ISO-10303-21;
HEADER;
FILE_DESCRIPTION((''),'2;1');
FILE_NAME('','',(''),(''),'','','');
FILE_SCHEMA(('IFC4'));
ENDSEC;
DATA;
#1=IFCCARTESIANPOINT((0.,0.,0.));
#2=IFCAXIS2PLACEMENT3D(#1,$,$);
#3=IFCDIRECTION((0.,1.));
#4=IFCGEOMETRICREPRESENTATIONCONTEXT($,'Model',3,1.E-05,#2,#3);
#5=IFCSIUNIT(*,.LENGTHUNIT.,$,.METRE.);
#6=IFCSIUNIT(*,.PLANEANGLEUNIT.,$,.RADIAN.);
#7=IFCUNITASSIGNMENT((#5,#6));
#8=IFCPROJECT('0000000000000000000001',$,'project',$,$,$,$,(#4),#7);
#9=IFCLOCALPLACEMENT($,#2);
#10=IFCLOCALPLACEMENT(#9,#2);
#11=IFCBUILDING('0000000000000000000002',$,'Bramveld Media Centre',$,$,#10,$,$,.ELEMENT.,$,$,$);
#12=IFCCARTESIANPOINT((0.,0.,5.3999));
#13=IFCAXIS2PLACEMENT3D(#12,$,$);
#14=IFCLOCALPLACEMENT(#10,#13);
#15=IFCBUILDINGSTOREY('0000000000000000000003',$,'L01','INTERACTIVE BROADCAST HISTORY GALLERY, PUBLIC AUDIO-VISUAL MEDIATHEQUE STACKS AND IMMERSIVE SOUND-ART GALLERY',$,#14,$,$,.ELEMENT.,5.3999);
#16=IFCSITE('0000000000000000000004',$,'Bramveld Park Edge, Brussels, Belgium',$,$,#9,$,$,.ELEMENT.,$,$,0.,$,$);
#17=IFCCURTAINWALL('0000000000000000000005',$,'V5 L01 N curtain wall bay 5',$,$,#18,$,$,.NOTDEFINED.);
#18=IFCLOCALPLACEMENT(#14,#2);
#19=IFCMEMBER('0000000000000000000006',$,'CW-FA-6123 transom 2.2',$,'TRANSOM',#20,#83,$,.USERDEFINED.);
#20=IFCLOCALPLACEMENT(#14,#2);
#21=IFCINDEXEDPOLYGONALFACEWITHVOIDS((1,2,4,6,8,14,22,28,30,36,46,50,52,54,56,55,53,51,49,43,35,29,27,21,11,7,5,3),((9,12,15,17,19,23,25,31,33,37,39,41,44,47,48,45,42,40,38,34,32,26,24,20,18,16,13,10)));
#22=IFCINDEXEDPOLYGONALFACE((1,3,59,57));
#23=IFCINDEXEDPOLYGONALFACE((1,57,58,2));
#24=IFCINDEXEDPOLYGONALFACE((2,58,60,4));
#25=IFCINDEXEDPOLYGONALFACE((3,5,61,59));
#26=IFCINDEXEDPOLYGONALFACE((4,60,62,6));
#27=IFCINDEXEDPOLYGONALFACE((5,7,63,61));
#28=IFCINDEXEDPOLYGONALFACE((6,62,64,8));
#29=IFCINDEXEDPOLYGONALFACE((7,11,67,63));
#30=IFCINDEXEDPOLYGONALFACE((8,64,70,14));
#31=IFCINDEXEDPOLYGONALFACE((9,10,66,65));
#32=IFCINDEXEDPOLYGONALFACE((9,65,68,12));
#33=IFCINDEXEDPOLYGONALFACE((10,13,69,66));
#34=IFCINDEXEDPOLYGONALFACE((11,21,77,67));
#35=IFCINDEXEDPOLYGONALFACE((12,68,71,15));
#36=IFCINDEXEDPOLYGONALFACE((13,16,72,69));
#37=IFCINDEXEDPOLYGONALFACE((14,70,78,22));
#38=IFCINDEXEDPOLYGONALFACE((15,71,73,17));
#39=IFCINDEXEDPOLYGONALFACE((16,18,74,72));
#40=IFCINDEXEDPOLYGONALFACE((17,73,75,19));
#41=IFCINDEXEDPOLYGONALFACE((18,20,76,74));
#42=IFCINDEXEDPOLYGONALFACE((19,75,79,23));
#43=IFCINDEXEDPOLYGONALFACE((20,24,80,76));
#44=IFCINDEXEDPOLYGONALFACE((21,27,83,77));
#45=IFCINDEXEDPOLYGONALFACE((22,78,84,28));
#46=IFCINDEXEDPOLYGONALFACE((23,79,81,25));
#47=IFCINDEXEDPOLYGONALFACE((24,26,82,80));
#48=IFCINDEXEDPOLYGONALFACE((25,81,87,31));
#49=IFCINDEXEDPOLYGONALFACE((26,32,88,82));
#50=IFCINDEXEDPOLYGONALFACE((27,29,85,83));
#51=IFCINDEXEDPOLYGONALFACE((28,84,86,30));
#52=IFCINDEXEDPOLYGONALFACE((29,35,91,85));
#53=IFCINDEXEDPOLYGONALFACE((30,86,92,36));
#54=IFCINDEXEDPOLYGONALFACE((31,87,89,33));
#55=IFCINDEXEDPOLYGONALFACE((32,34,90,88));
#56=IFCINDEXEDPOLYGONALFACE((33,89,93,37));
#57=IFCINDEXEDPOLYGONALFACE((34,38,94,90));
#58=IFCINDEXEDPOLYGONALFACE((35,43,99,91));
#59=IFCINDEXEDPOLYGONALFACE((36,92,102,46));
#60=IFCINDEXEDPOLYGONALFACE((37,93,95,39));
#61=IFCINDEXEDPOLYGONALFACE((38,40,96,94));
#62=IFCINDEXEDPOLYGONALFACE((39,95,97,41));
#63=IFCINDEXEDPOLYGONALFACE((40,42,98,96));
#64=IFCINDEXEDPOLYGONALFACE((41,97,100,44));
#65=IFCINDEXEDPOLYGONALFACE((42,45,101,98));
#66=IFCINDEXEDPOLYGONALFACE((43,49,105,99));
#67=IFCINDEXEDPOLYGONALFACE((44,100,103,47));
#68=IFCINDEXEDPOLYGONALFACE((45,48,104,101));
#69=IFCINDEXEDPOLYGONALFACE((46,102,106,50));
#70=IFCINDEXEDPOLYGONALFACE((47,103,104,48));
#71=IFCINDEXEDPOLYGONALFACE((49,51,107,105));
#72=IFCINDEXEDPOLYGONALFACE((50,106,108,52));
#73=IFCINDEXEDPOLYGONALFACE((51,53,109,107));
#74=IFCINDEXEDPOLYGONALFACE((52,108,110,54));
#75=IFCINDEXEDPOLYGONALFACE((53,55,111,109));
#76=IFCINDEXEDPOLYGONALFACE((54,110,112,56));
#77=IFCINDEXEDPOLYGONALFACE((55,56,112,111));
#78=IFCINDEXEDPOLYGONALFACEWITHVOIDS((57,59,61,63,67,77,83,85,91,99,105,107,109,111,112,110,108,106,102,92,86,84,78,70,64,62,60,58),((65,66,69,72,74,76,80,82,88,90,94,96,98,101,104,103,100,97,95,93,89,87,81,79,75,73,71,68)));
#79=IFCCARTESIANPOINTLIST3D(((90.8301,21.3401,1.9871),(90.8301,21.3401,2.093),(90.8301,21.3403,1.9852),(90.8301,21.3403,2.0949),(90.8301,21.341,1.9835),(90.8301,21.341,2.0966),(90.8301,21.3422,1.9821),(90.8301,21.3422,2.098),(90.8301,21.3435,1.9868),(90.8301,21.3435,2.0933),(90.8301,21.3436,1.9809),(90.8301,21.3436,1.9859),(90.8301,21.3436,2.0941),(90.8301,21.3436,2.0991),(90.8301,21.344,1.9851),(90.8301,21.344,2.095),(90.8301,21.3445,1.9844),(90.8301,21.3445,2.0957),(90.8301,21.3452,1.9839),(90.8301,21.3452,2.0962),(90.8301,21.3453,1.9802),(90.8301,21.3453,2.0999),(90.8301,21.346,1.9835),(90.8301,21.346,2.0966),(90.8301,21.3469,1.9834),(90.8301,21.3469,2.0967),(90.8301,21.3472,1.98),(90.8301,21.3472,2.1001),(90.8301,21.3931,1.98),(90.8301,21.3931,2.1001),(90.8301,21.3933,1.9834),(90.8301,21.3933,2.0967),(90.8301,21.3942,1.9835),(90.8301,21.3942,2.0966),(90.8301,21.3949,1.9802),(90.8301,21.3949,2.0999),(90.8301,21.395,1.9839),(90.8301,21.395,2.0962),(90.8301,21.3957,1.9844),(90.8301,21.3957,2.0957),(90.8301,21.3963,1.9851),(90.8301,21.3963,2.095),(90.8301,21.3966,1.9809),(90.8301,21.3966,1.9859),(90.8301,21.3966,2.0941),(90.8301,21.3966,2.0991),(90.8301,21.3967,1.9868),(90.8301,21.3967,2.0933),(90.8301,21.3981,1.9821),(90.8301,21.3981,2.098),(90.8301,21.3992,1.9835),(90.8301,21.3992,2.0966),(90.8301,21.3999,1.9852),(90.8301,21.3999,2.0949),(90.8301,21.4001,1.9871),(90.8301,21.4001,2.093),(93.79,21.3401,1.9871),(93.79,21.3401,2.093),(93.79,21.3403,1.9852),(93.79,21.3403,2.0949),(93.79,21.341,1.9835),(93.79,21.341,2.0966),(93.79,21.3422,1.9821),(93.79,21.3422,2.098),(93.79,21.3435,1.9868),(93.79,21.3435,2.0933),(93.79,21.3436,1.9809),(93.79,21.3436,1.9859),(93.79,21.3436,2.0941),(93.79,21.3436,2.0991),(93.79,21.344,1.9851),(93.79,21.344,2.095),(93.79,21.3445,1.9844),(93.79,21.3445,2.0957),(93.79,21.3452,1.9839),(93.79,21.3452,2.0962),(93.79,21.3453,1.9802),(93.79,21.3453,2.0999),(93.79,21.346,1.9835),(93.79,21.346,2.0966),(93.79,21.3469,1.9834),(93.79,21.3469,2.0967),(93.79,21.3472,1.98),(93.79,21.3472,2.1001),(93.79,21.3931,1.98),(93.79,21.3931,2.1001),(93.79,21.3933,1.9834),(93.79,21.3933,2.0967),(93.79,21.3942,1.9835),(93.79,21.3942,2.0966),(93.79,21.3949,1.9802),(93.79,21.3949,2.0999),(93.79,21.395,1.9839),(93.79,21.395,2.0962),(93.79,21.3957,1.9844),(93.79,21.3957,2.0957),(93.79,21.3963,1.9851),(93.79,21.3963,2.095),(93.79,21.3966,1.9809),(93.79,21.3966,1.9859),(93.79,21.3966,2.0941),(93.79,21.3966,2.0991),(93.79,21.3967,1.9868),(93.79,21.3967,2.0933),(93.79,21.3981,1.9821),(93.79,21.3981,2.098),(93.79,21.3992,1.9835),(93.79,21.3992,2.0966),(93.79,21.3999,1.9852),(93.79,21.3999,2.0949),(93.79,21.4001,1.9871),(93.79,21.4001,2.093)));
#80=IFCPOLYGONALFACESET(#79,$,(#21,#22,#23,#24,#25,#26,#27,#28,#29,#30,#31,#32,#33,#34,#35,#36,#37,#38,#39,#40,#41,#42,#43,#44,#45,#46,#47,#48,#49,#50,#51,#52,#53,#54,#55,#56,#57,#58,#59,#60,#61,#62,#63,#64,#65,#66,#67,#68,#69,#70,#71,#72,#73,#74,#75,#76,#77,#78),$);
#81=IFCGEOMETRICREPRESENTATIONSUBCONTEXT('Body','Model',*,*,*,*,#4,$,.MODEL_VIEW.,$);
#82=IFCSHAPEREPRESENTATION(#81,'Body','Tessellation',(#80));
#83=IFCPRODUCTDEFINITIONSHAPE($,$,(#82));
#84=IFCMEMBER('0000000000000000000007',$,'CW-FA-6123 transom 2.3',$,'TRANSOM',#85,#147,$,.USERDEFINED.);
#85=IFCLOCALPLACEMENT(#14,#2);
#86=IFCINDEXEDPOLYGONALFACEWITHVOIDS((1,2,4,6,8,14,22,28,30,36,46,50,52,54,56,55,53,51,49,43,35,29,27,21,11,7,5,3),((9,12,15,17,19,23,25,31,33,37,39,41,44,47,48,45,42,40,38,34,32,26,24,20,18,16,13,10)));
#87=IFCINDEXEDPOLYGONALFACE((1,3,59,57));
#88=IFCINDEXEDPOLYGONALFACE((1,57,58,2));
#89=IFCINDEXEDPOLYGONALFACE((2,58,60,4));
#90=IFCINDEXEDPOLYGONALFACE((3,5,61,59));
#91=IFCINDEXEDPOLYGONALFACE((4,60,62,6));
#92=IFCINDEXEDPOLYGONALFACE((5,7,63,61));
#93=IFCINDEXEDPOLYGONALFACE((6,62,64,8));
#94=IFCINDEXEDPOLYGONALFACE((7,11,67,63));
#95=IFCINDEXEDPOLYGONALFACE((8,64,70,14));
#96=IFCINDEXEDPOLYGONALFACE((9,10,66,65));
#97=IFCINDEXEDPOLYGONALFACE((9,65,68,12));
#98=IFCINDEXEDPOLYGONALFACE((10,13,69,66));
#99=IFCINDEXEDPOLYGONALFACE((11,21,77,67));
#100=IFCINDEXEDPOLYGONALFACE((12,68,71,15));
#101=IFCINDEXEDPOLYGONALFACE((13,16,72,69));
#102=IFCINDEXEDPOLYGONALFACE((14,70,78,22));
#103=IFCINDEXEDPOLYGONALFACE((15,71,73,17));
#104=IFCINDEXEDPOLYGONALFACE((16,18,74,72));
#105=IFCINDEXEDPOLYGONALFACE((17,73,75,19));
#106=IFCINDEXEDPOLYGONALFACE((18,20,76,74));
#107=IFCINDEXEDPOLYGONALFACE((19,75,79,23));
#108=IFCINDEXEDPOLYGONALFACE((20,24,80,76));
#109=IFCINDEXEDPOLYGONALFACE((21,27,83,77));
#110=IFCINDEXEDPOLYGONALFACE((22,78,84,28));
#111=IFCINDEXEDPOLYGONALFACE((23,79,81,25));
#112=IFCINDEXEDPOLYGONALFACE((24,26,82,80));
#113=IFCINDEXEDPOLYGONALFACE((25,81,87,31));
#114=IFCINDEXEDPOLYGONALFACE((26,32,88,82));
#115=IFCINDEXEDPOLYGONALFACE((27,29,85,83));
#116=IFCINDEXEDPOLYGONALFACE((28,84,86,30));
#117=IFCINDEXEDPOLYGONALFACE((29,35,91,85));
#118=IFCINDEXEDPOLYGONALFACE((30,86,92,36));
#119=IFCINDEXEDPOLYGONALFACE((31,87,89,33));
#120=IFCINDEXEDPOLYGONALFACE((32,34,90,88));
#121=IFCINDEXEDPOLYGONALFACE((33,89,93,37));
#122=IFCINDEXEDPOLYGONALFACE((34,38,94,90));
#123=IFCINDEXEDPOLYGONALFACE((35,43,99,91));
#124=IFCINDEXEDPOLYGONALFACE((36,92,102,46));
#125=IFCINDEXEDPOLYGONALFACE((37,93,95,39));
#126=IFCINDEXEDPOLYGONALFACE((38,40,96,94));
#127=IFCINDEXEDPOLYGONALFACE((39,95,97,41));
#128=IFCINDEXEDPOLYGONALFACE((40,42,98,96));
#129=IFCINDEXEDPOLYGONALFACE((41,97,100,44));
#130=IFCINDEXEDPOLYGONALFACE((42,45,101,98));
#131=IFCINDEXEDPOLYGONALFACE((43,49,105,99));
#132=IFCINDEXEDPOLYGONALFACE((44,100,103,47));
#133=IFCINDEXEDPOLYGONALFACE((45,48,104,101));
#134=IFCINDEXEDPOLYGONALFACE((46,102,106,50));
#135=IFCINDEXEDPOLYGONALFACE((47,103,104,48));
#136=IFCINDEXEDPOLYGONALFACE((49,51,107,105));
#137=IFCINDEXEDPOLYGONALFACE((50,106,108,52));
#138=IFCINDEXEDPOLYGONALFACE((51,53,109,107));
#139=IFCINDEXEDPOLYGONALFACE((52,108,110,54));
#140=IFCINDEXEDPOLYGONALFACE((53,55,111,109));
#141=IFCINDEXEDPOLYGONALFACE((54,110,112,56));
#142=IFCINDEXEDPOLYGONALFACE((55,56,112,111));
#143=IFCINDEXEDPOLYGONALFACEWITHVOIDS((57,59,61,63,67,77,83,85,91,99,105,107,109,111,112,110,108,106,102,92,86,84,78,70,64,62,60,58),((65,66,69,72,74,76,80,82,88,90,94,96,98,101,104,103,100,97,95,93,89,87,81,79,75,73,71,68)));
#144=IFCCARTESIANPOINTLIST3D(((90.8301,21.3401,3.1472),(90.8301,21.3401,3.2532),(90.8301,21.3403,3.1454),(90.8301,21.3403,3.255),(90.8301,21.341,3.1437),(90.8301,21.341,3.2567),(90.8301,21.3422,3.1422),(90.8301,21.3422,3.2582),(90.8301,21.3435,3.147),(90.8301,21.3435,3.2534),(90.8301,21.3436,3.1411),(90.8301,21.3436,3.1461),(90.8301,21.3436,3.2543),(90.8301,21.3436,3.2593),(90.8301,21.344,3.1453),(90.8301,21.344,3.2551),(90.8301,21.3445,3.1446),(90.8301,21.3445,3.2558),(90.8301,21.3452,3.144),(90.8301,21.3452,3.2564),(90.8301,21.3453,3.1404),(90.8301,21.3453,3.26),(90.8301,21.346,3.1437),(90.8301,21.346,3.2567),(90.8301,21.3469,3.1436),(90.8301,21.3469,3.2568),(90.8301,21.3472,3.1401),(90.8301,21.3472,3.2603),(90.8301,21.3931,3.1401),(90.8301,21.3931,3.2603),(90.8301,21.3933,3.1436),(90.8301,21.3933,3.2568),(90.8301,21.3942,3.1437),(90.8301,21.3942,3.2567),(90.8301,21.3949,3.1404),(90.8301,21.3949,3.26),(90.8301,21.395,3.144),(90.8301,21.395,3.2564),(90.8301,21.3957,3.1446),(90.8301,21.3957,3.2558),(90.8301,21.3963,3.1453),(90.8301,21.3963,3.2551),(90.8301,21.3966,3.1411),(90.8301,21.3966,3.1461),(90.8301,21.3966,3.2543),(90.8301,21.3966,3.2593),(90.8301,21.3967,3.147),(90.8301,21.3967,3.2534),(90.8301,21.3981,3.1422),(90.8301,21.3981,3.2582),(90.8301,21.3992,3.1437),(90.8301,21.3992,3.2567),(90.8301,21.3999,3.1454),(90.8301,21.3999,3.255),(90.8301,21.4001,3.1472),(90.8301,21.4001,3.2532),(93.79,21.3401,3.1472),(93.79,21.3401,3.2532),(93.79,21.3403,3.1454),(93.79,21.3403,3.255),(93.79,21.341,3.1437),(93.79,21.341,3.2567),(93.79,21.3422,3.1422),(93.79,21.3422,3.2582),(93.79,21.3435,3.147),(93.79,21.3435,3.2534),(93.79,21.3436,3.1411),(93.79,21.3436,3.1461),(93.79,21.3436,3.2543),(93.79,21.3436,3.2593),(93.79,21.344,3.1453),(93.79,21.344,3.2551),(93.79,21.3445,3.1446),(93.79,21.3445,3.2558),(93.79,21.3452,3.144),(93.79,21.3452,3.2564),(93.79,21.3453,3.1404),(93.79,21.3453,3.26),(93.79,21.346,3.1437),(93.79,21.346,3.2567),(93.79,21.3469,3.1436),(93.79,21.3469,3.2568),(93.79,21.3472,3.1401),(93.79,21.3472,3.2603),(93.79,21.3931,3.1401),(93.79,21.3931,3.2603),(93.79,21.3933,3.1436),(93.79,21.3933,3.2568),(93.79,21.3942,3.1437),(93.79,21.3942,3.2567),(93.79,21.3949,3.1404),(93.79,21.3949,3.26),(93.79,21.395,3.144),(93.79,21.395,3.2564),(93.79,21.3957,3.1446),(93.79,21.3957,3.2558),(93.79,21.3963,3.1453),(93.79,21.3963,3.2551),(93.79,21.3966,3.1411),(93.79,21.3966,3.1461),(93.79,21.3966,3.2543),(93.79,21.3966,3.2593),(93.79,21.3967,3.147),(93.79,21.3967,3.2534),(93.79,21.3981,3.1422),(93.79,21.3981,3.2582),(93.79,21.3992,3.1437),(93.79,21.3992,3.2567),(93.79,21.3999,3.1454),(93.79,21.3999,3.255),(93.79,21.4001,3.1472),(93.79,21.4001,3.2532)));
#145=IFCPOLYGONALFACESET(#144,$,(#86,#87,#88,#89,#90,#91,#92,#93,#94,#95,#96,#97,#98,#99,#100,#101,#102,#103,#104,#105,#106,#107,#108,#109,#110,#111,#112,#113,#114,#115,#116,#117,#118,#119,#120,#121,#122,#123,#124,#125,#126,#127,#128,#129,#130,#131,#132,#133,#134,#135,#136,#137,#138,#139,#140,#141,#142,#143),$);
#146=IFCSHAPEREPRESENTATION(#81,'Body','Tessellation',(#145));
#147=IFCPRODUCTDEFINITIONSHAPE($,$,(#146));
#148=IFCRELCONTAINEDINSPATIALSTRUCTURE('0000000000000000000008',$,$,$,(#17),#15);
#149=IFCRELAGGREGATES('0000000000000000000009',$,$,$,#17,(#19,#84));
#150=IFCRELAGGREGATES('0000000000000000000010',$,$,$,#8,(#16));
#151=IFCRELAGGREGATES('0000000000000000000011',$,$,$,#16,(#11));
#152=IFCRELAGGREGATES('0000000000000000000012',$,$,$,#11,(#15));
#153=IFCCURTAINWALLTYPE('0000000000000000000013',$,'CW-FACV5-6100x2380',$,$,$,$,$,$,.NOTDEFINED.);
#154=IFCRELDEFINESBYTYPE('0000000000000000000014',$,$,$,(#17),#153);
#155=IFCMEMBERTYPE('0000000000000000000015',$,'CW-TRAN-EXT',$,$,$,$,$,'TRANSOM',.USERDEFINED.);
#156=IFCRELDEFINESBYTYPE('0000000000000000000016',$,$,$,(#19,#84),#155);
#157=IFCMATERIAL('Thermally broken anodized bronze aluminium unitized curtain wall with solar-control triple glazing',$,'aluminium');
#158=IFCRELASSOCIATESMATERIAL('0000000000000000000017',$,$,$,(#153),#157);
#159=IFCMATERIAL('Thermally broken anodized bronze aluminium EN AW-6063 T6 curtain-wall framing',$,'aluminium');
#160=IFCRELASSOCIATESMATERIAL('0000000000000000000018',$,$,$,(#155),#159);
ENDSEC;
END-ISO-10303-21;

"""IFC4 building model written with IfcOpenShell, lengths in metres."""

from ifc_helpers import new_model, si_unit, direction, frame, origin, origin_2d, place, context, subcontext, project, spatial, hollow_rectangle, extrude, material, material_profile, profile_set, type_object, element, aggregate, save


model = new_model("IFC4")

# Units and contexts
model_context = context("Model", 3, precision=1e-05, world=origin(), true_north=direction((0.0, 1.0)))
body_context = subcontext(model_context, "Body", "Model", "MODEL_VIEW")
ifc_project = project(units=[si_unit("LENGTHUNIT", "METRE"), si_unit("PLANEANGLEUNIT", "RADIAN")], contexts=[model_context])

# Site, building, storey
site_placement = place(None, origin())
site = spatial("IfcSite", under=ifc_project, at=site_placement, Name="Bramveld Park Edge, Brussels, Belgium", CompositionType="ELEMENT", RefElevation=0.0)
building_placement = place(site_placement, origin())
building = spatial("IfcBuilding", under=site, at=building_placement, Name="Bramveld Media Centre", CompositionType="ELEMENT")
storey_placement = place(building_placement, frame((0.0, 0.0, 5.3999)))
storey = spatial("IfcBuildingStorey", under=building, at=storey_placement, Name="L01", Description="INTERACTIVE BROADCAST HISTORY GALLERY, PUBLIC AUDIO-VISUAL MEDIATHEQUE STACKS AND IMMERSIVE SOUND-ART GALLERY", CompositionType="ELEMENT", Elevation=5.3999)

# Curtain wall
ifc_material_1 = material(Name="Thermally broken anodized bronze aluminium unitized curtain wall with solar-control triple glazing", Category="aluminium")
curtain_wall_type = type_object("IfcCurtainWallType", Name="CW-FACV5-6100x2380", PredefinedType="NOTDEFINED", material=ifc_material_1)
curtain_wall_1_placement = place(storey_placement, origin())
curtain_wall_1 = element("IfcCurtainWall", 1, at=curtain_wall_1_placement, inside=storey, type_object=curtain_wall_type, Name="V5 L01 N curtain wall bay 5", PredefinedType="NOTDEFINED")

# Members
ifc_material_2 = material(Name="Thermally broken anodized bronze aluminium EN AW-6063 T6 curtain-wall framing", Category="aluminium")
ifc_material_profile_1 = material_profile(ifc_material_2, hollow_rectangle(XDim=0.0601, YDim=0.1201, WallThickness=0.0034, InnerFilletRadius=0.0034, OuterFilletRadius=0.0071, at=origin_2d()), Name="AL-TRAN 60x120")
ifc_profile_set_1 = profile_set([ifc_material_profile_1], Name="Thermally broken anodized bronze aluminium EN AW-6063 T6 curtain-wall framing")
member_type_1 = type_object("IfcMemberType", Name="CW-TRAN-EXT", ElementType="TRANSOM", PredefinedType="USERDEFINED", material=ifc_profile_set_1)
member_1_placement = place(storey_placement, frame((90.8301, 21.3701, 2.04), z_axis=(1.0, 0.0, 0.0), x_axis=(0.0, 1.0, 0.0)))
member_1 = element("IfcMember", 2, at=member_1_placement, type_object=member_type_1, Name="CW-FA-6123 transom 2.2", ObjectType="TRANSOM", PredefinedType="USERDEFINED", context=body_context, shape_type="SweptSolid", body=[
    extrude(hollow_rectangle(XDim=0.0601, YDim=0.1201, WallThickness=0.0034, InnerFilletRadius=0.0034, OuterFilletRadius=0.0071, at=origin_2d()), origin(), (0.0, 0.0, 1.0), 2.96),
])
member_2_placement = place(storey_placement, frame((90.8301, 21.3701, 3.2002), z_axis=(1.0, 0.0, 0.0), x_axis=(0.0, 1.0, 0.0)))
member_2 = element("IfcMember", 3, at=member_2_placement, type_object=member_type_1, Name="CW-FA-6123 transom 2.3", ObjectType="TRANSOM", PredefinedType="USERDEFINED", context=body_context, shape_type="SweptSolid", body=[
    extrude(hollow_rectangle(XDim=0.0601, YDim=0.1201, WallThickness=0.0034, InnerFilletRadius=0.0034, OuterFilletRadius=0.0071, at=origin_2d()), origin(), (0.0, 0.0, 1.0), 2.96),
])

aggregate(curtain_wall_1, [member_1, member_2])

save(model, "model.ifc")
